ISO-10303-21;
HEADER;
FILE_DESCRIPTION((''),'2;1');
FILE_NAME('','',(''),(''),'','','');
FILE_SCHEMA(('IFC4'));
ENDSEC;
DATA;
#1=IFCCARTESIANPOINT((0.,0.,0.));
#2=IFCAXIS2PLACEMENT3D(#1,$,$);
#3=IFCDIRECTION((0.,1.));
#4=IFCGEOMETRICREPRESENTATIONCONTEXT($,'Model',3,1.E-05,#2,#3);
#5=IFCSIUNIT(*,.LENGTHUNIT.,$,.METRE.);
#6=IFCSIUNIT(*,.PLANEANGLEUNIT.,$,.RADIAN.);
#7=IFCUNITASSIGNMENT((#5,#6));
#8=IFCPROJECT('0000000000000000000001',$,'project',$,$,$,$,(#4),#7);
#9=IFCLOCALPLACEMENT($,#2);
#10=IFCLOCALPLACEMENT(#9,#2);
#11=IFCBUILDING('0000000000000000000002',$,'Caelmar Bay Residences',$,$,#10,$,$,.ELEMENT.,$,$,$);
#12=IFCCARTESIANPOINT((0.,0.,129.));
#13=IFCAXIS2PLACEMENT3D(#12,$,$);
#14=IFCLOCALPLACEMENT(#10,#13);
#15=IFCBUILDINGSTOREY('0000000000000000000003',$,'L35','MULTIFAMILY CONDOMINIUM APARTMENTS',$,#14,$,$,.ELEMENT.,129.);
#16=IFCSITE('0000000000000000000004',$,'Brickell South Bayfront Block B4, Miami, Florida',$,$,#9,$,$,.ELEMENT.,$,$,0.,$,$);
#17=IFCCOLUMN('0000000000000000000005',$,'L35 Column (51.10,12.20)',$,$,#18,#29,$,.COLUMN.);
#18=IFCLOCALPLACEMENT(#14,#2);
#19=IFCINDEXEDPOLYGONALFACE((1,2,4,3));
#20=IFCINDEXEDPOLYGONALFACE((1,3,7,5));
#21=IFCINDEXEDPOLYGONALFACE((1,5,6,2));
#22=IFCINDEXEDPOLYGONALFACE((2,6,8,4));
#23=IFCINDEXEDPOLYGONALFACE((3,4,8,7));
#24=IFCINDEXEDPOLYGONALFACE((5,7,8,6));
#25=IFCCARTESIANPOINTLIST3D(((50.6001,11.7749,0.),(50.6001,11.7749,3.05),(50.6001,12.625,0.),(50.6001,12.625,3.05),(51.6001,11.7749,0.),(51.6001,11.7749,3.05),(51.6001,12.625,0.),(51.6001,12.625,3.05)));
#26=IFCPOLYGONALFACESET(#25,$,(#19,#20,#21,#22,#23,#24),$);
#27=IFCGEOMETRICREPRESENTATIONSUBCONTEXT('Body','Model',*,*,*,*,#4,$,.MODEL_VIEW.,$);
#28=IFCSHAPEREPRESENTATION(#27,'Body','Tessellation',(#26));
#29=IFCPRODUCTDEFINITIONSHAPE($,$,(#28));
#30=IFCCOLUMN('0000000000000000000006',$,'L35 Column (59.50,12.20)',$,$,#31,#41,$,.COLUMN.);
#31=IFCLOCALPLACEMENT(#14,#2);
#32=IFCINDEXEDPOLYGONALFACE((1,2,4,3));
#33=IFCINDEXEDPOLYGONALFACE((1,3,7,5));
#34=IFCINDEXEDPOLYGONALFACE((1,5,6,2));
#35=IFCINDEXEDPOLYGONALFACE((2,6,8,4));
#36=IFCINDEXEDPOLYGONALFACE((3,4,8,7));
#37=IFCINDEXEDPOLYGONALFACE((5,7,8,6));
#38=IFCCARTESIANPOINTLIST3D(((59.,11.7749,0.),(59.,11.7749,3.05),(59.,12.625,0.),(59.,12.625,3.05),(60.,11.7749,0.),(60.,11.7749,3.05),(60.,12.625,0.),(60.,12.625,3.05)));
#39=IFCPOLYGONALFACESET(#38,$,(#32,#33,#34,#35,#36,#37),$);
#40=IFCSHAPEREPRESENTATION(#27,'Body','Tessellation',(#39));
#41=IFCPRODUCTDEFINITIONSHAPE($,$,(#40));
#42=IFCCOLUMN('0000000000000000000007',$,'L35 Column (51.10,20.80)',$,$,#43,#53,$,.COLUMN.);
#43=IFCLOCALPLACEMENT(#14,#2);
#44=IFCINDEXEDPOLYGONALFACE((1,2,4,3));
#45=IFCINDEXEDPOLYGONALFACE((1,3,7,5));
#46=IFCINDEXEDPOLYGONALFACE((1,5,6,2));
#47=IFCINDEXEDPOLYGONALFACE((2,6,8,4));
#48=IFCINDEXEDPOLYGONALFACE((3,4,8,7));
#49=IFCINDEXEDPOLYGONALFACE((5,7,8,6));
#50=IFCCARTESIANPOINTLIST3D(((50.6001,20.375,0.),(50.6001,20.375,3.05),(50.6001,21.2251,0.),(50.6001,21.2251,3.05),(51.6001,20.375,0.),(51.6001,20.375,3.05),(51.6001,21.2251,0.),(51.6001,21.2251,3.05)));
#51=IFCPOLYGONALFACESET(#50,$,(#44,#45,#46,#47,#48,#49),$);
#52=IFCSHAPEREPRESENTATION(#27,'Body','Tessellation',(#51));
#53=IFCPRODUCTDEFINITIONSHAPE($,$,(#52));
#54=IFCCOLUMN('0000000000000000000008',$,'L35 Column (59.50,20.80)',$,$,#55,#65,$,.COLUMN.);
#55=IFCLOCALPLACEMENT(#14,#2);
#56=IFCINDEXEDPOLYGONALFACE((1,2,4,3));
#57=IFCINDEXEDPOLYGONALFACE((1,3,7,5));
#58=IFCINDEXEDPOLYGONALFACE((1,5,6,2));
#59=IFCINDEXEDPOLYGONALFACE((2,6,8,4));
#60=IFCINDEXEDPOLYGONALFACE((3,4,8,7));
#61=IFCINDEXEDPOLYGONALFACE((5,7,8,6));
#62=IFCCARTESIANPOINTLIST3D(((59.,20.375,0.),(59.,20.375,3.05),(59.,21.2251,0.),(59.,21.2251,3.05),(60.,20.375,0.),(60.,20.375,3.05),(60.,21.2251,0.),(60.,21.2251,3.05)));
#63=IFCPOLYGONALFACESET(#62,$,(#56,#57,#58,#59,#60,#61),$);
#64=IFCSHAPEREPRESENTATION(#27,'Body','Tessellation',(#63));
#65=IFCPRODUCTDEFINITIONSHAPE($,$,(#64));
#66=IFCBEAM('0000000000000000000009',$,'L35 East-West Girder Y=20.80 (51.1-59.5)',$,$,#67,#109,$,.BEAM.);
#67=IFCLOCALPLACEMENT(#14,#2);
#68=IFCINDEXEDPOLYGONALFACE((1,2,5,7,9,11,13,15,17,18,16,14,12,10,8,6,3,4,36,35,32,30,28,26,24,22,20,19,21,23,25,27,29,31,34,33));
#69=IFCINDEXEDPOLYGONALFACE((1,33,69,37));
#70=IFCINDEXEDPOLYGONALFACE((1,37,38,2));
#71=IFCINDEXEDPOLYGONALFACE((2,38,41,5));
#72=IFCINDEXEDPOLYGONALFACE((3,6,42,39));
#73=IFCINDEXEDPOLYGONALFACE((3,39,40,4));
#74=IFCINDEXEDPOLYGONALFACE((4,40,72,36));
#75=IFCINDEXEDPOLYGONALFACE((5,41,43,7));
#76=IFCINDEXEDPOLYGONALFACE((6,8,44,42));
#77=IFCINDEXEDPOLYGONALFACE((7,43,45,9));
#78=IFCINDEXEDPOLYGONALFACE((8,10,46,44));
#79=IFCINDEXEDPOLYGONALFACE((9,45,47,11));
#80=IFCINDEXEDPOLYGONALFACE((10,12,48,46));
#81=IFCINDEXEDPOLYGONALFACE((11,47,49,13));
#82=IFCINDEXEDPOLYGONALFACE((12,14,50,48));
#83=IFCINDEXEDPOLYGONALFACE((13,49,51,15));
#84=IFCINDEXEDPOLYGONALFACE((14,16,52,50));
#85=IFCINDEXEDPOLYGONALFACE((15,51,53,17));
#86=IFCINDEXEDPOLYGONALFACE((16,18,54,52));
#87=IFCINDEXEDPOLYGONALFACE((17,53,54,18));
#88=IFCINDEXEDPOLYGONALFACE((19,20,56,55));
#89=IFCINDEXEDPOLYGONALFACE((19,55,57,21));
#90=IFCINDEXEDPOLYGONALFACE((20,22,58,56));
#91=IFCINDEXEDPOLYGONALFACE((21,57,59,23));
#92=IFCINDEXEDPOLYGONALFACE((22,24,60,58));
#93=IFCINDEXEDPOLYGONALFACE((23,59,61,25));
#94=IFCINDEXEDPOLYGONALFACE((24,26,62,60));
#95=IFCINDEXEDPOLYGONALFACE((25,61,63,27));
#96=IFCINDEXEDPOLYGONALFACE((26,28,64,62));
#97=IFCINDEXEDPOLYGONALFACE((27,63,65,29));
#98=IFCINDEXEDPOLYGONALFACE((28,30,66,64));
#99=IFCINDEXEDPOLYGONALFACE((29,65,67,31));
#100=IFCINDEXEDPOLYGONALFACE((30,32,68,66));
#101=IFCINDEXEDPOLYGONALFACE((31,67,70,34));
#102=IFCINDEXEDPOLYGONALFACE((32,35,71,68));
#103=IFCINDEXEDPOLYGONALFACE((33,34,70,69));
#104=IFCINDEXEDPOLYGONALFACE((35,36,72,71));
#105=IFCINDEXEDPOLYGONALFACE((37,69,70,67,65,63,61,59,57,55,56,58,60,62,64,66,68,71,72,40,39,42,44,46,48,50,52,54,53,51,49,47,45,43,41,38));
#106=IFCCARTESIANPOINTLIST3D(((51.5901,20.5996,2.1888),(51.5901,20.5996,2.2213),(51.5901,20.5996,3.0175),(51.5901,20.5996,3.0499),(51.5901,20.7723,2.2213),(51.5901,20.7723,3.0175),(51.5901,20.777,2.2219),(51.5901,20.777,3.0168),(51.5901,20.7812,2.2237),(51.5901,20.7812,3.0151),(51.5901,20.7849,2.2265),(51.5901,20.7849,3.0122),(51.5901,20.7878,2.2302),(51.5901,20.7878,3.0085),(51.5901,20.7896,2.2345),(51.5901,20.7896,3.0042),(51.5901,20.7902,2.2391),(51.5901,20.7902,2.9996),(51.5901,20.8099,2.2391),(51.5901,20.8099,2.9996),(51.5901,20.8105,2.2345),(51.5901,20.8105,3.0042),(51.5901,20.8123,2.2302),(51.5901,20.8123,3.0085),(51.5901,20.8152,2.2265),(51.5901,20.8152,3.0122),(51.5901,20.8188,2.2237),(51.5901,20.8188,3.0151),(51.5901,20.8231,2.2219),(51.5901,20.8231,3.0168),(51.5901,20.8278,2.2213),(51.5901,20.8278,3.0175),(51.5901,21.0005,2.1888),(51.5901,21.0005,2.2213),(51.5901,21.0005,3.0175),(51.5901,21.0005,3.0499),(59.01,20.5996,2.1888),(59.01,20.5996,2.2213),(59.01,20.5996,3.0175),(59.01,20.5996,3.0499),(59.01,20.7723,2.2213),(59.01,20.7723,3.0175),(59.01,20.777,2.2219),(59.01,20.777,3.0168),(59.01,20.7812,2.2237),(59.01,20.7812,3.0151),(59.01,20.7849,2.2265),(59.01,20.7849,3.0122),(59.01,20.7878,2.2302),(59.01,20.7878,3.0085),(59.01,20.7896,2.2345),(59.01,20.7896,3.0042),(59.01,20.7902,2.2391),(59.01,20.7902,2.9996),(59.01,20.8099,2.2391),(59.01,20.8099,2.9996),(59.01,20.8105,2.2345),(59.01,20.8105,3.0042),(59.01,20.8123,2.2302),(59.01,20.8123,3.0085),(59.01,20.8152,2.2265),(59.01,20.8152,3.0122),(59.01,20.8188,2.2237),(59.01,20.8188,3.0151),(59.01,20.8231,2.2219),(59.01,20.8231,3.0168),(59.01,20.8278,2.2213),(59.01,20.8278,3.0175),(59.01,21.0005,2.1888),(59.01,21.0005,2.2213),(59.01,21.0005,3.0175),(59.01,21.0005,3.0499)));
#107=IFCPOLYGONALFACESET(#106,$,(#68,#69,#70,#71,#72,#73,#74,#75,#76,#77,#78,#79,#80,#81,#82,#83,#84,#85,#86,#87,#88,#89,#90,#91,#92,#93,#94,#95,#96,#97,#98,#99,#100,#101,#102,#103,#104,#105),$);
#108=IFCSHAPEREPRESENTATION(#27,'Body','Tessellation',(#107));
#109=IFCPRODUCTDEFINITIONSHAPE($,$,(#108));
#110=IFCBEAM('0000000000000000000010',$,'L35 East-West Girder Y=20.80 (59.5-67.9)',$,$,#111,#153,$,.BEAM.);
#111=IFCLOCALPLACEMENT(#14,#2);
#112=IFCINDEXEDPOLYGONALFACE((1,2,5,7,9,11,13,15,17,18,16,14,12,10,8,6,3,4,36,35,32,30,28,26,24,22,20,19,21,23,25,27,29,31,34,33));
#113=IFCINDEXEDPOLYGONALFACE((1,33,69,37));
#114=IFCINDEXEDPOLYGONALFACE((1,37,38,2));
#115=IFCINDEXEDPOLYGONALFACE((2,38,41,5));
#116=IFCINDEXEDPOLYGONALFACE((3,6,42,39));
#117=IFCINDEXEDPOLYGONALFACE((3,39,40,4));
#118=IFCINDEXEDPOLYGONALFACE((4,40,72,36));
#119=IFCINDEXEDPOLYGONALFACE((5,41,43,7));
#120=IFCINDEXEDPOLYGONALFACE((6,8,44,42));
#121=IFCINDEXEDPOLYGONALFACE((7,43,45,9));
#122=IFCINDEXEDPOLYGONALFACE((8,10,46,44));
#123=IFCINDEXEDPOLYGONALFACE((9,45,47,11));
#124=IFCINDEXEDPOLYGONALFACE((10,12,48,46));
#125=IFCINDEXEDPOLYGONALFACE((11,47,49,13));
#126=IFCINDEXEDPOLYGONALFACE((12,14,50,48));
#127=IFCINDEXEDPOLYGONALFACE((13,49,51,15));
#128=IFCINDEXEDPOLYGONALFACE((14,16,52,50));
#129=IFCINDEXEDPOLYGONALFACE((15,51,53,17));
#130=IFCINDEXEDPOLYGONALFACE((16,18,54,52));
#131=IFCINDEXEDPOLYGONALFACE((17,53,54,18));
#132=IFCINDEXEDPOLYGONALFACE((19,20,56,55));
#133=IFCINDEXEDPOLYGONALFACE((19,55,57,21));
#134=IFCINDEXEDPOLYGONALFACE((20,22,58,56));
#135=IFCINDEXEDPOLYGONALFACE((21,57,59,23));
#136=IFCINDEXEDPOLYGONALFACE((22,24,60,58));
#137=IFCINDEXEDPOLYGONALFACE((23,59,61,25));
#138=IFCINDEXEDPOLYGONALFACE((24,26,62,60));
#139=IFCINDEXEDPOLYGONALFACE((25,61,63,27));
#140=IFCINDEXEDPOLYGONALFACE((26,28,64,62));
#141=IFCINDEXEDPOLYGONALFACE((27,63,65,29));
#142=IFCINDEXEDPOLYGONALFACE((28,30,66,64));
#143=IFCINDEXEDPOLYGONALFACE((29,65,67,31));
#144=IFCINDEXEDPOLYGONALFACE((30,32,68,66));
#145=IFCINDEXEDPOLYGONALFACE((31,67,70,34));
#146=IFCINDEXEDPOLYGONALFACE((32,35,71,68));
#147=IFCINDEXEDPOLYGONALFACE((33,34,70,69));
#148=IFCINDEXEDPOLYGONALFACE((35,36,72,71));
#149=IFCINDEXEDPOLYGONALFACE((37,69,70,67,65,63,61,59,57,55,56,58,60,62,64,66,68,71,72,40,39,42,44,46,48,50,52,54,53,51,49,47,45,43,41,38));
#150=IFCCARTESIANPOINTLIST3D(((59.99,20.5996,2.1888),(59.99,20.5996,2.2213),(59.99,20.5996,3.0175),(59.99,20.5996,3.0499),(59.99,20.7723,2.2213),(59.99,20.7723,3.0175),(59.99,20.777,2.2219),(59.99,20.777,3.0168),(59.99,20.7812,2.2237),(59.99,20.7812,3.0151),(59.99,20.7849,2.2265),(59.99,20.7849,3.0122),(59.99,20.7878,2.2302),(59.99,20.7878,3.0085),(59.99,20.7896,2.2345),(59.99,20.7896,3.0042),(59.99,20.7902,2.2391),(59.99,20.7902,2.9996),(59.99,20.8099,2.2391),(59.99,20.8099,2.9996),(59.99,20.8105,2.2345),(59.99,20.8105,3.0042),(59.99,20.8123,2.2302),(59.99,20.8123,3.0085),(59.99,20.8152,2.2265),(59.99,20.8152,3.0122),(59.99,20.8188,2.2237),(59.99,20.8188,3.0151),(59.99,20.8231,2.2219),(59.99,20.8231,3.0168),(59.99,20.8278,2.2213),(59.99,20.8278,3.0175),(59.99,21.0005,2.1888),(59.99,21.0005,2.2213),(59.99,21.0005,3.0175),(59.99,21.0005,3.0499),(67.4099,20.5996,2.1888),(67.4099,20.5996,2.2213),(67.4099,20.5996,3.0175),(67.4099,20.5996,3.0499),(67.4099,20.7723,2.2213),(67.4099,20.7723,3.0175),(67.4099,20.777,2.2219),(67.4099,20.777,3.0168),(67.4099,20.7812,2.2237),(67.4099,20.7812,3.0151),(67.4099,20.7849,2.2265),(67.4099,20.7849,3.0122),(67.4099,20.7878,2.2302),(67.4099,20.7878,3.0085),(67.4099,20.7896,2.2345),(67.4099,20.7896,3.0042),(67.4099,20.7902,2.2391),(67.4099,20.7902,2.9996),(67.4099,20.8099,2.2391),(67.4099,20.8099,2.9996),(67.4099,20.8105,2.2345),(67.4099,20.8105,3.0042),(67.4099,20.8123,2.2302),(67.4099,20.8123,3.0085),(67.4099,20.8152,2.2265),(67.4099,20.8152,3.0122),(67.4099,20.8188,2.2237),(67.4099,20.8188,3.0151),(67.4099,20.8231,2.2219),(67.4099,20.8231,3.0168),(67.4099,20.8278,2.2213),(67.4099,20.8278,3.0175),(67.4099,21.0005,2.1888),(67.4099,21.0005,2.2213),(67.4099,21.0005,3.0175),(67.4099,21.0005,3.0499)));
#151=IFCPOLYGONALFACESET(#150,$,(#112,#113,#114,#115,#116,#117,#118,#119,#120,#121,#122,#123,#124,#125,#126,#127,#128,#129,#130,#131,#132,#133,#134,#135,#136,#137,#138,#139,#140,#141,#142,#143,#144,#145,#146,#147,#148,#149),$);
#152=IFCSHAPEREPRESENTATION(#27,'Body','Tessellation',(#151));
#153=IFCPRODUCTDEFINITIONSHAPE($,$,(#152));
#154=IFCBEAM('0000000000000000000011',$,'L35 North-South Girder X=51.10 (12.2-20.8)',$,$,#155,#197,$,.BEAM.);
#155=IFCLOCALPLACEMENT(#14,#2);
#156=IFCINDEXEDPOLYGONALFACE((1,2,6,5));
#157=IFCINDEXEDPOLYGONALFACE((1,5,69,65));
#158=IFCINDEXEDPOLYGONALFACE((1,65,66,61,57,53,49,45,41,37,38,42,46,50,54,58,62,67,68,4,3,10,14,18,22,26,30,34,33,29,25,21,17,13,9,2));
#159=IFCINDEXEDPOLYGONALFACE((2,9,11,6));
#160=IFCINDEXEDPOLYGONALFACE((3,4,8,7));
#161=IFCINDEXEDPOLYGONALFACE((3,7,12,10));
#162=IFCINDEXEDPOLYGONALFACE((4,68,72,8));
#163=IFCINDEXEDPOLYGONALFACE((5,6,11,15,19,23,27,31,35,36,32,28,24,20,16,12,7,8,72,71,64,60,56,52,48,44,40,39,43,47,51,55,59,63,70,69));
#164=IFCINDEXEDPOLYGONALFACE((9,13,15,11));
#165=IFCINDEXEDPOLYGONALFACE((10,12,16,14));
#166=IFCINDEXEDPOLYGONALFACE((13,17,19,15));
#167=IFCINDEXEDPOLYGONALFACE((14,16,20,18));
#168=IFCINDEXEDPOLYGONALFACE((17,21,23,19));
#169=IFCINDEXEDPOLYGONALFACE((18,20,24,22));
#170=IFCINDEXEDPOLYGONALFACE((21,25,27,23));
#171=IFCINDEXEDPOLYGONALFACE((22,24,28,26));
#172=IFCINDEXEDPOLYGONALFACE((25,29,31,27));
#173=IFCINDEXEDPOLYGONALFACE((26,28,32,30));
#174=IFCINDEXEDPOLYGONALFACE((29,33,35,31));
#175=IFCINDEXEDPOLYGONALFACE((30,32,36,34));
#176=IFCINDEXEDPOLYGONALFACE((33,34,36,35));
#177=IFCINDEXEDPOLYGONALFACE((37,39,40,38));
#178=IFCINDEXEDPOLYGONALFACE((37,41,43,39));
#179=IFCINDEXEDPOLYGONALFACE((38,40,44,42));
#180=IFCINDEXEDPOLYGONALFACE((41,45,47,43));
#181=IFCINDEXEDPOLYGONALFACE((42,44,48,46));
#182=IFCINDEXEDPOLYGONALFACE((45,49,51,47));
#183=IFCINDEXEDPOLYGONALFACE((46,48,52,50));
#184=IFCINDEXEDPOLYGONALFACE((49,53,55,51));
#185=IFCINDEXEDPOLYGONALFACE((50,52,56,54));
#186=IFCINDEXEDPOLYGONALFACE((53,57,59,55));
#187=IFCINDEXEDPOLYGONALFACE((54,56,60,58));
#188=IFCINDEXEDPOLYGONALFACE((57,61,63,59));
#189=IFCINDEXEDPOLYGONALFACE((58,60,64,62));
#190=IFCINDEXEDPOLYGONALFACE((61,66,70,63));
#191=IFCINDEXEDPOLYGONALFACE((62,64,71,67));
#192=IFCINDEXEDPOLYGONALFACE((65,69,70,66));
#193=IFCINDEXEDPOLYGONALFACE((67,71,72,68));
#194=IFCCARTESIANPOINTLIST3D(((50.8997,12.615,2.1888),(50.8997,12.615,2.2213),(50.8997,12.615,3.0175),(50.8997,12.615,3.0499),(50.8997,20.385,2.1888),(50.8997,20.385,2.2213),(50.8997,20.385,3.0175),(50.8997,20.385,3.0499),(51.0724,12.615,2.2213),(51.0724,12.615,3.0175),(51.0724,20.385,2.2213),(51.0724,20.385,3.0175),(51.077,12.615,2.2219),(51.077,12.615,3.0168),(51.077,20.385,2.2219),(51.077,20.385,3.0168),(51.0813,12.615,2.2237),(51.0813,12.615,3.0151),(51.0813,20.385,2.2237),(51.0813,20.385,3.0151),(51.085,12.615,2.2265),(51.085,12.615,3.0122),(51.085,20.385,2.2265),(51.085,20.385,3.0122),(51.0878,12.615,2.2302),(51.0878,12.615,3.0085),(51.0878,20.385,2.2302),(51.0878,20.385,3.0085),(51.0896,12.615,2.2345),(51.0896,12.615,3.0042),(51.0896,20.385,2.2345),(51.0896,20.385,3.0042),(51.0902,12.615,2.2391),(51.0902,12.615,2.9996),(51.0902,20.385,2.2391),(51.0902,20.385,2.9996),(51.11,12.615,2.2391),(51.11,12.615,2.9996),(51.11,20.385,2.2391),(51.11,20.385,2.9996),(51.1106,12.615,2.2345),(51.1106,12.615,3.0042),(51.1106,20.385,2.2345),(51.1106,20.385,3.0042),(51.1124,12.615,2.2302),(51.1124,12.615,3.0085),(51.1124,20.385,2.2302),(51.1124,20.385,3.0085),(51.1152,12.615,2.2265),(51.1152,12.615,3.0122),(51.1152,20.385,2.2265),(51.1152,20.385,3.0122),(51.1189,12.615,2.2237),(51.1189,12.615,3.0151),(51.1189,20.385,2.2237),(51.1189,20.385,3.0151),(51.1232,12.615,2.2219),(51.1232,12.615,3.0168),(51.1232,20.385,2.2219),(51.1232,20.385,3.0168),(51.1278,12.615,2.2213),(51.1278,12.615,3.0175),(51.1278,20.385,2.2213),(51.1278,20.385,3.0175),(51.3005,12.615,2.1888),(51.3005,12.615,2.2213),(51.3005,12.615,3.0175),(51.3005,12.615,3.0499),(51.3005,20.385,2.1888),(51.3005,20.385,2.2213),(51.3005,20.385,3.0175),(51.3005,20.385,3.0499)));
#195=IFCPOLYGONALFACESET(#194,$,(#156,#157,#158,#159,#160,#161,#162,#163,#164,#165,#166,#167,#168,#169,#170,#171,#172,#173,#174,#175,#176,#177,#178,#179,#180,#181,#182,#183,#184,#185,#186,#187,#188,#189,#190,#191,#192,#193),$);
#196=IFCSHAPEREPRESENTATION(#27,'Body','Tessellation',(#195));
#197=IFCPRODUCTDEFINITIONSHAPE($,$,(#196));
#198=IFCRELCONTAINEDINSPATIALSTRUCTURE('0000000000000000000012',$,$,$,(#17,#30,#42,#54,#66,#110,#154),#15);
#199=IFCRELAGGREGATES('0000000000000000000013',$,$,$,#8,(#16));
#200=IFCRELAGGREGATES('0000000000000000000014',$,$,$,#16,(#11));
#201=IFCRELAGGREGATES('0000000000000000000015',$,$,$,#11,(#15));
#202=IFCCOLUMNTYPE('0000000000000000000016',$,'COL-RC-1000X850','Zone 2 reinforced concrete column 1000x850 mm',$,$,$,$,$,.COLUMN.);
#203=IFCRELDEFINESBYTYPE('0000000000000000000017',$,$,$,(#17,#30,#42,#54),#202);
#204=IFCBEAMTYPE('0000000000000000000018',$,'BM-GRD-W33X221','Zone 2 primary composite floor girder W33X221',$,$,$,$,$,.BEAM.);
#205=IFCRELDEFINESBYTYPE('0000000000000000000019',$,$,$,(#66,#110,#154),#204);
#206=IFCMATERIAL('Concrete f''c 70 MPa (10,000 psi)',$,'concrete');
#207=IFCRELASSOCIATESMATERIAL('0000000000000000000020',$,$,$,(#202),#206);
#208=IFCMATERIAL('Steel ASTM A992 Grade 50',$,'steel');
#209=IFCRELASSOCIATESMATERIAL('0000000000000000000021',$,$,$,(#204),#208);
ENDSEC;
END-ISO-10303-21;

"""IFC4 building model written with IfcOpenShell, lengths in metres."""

from ifc_helpers import new_model, si_unit, direction, frame, origin, origin_2d, place, context, subcontext, project, spatial, rectangle, i_section, extrude, material, material_profile, profile_set, type_object, element, save


model = new_model("IFC4")

# Units and contexts
model_context = context("Model", 3, precision=1e-05, world=origin(), true_north=direction((0.0, 1.0)))
body_context = subcontext(model_context, "Body", "Model", "MODEL_VIEW")
ifc_project = project(units=[si_unit("LENGTHUNIT", "METRE"), si_unit("PLANEANGLEUNIT", "RADIAN")], contexts=[model_context])

# Site, building, storey
site_placement = place(None, origin())
site = spatial("IfcSite", under=ifc_project, at=site_placement, Name="Brickell South Bayfront Block B4, Miami, Florida", CompositionType="ELEMENT", RefElevation=0.0)
building_placement = place(site_placement, origin())
building = spatial("IfcBuilding", under=site, at=building_placement, Name="Caelmar Bay Residences", CompositionType="ELEMENT")
storey_placement = place(building_placement, frame((0.0, 0.0, 129.0)))
storey = spatial("IfcBuildingStorey", under=building, at=storey_placement, Name="L35", Description="MULTIFAMILY CONDOMINIUM APARTMENTS", CompositionType="ELEMENT", Elevation=129.0)

# Columns
ifc_material_1 = material(Name="Concrete f'c 70 MPa (10,000 psi)", Category="concrete")
ifc_material_profile_1 = material_profile(ifc_material_1, rectangle(XDim=1.0, YDim=0.8501, at=origin_2d()), Name="RC-COL-1000X850")
ifc_profile_set_1 = profile_set([ifc_material_profile_1], Name="Concrete f'c 70 MPa (10,000 psi)")
column_type = type_object("IfcColumnType", Name="COL-RC-1000X850", Description="Zone 2 reinforced concrete column 1000x850 mm", PredefinedType="COLUMN", material=ifc_profile_set_1)
for number, where, z_axis, x_axis, name in (
    (1, (51.1001, 12.2, 0.0), (0.0, 0.0, 1.0), (1.0, 0.0, 0.0), "L35 Column (51.10,12.20)"),
    (2, (59.5, 12.2, 0.0), (0.0, 0.0, 1.0), (1.0, 0.0, 0.0), "L35 Column (59.50,12.20)"),
    (3, (51.1001, 20.8, 0.0), (0.0, 0.0, 1.0), (1.0, 0.0, 0.0), "L35 Column (51.10,20.80)"),
    (4, (59.5, 20.8, 0.0), (0.0, 0.0, 1.0), (1.0, 0.0, 0.0), "L35 Column (59.50,20.80)"),
):
    element("IfcColumn", number, at=place(storey_placement, frame(where, z_axis=z_axis, x_axis=x_axis)), inside=storey, type_object=column_type, Name=name, PredefinedType="COLUMN", context=body_context, shape_type="SweptSolid", body=[
        extrude(rectangle(XDim=1.0, YDim=0.8501, at=origin_2d()), origin(), (0.0, 0.0, 1.0), 3.05),
    ])

# Beams
ifc_material_2 = material(Name="Steel ASTM A992 Grade 50", Category="steel")
ifc_material_profile_2 = material_profile(ifc_material_2, i_section(OverallWidth=0.4009, OverallDepth=0.8611, WebThickness=0.0198, FlangeThickness=0.0325, FilletRadius=0.0178, at=origin_2d()), Name="W33X221")
ifc_profile_set_2 = profile_set([ifc_material_profile_2], Name="Steel ASTM A992 Grade 50")
beam_type_1 = type_object("IfcBeamType", Name="BM-GRD-W33X221", Description="Zone 2 primary composite floor girder W33X221", PredefinedType="BEAM", material=ifc_profile_set_2)
for number, where, z_axis, x_axis, name in (
    (5, (51.5901, 20.8, 2.6194), (1.0, 0.0, 0.0), (0.0, 1.0, 0.0), "L35 East-West Girder Y=20.80 (51.1-59.5)"),
    (6, (59.99, 20.8, 2.6194), (1.0, 0.0, 0.0), (0.0, 1.0, 0.0), "L35 East-West Girder Y=20.80 (59.5-67.9)"),
):
    element("IfcBeam", number, at=place(storey_placement, frame(where, z_axis=z_axis, x_axis=x_axis)), inside=storey, type_object=beam_type_1, Name=name, PredefinedType="BEAM", context=body_context, shape_type="SweptSolid", body=[
        extrude(i_section(OverallWidth=0.4009, OverallDepth=0.8611, WebThickness=0.0198, FlangeThickness=0.0325, FilletRadius=0.0178, at=origin_2d()), origin(), (0.0, 0.0, 1.0), 7.4199),
    ])
for number, where, z_axis, x_axis, name in (
    (7, (51.1001, 12.615, 2.6194), (0.0, 1.0, 0.0), (-1.0, 0.0, 0.0), "L35 North-South Girder X=51.10 (12.2-20.8)"),
):
    element("IfcBeam", number, at=place(storey_placement, frame(where, z_axis=z_axis, x_axis=x_axis)), inside=storey, type_object=beam_type_1, Name=name, PredefinedType="BEAM", context=body_context, shape_type="SweptSolid", body=[
        extrude(i_section(OverallWidth=0.4009, OverallDepth=0.8611, WebThickness=0.0198, FlangeThickness=0.0325, FilletRadius=0.0178, at=origin_2d()), origin(), (0.0, 0.0, 1.0), 7.77),
    ])

save(model, "model.ifc")
